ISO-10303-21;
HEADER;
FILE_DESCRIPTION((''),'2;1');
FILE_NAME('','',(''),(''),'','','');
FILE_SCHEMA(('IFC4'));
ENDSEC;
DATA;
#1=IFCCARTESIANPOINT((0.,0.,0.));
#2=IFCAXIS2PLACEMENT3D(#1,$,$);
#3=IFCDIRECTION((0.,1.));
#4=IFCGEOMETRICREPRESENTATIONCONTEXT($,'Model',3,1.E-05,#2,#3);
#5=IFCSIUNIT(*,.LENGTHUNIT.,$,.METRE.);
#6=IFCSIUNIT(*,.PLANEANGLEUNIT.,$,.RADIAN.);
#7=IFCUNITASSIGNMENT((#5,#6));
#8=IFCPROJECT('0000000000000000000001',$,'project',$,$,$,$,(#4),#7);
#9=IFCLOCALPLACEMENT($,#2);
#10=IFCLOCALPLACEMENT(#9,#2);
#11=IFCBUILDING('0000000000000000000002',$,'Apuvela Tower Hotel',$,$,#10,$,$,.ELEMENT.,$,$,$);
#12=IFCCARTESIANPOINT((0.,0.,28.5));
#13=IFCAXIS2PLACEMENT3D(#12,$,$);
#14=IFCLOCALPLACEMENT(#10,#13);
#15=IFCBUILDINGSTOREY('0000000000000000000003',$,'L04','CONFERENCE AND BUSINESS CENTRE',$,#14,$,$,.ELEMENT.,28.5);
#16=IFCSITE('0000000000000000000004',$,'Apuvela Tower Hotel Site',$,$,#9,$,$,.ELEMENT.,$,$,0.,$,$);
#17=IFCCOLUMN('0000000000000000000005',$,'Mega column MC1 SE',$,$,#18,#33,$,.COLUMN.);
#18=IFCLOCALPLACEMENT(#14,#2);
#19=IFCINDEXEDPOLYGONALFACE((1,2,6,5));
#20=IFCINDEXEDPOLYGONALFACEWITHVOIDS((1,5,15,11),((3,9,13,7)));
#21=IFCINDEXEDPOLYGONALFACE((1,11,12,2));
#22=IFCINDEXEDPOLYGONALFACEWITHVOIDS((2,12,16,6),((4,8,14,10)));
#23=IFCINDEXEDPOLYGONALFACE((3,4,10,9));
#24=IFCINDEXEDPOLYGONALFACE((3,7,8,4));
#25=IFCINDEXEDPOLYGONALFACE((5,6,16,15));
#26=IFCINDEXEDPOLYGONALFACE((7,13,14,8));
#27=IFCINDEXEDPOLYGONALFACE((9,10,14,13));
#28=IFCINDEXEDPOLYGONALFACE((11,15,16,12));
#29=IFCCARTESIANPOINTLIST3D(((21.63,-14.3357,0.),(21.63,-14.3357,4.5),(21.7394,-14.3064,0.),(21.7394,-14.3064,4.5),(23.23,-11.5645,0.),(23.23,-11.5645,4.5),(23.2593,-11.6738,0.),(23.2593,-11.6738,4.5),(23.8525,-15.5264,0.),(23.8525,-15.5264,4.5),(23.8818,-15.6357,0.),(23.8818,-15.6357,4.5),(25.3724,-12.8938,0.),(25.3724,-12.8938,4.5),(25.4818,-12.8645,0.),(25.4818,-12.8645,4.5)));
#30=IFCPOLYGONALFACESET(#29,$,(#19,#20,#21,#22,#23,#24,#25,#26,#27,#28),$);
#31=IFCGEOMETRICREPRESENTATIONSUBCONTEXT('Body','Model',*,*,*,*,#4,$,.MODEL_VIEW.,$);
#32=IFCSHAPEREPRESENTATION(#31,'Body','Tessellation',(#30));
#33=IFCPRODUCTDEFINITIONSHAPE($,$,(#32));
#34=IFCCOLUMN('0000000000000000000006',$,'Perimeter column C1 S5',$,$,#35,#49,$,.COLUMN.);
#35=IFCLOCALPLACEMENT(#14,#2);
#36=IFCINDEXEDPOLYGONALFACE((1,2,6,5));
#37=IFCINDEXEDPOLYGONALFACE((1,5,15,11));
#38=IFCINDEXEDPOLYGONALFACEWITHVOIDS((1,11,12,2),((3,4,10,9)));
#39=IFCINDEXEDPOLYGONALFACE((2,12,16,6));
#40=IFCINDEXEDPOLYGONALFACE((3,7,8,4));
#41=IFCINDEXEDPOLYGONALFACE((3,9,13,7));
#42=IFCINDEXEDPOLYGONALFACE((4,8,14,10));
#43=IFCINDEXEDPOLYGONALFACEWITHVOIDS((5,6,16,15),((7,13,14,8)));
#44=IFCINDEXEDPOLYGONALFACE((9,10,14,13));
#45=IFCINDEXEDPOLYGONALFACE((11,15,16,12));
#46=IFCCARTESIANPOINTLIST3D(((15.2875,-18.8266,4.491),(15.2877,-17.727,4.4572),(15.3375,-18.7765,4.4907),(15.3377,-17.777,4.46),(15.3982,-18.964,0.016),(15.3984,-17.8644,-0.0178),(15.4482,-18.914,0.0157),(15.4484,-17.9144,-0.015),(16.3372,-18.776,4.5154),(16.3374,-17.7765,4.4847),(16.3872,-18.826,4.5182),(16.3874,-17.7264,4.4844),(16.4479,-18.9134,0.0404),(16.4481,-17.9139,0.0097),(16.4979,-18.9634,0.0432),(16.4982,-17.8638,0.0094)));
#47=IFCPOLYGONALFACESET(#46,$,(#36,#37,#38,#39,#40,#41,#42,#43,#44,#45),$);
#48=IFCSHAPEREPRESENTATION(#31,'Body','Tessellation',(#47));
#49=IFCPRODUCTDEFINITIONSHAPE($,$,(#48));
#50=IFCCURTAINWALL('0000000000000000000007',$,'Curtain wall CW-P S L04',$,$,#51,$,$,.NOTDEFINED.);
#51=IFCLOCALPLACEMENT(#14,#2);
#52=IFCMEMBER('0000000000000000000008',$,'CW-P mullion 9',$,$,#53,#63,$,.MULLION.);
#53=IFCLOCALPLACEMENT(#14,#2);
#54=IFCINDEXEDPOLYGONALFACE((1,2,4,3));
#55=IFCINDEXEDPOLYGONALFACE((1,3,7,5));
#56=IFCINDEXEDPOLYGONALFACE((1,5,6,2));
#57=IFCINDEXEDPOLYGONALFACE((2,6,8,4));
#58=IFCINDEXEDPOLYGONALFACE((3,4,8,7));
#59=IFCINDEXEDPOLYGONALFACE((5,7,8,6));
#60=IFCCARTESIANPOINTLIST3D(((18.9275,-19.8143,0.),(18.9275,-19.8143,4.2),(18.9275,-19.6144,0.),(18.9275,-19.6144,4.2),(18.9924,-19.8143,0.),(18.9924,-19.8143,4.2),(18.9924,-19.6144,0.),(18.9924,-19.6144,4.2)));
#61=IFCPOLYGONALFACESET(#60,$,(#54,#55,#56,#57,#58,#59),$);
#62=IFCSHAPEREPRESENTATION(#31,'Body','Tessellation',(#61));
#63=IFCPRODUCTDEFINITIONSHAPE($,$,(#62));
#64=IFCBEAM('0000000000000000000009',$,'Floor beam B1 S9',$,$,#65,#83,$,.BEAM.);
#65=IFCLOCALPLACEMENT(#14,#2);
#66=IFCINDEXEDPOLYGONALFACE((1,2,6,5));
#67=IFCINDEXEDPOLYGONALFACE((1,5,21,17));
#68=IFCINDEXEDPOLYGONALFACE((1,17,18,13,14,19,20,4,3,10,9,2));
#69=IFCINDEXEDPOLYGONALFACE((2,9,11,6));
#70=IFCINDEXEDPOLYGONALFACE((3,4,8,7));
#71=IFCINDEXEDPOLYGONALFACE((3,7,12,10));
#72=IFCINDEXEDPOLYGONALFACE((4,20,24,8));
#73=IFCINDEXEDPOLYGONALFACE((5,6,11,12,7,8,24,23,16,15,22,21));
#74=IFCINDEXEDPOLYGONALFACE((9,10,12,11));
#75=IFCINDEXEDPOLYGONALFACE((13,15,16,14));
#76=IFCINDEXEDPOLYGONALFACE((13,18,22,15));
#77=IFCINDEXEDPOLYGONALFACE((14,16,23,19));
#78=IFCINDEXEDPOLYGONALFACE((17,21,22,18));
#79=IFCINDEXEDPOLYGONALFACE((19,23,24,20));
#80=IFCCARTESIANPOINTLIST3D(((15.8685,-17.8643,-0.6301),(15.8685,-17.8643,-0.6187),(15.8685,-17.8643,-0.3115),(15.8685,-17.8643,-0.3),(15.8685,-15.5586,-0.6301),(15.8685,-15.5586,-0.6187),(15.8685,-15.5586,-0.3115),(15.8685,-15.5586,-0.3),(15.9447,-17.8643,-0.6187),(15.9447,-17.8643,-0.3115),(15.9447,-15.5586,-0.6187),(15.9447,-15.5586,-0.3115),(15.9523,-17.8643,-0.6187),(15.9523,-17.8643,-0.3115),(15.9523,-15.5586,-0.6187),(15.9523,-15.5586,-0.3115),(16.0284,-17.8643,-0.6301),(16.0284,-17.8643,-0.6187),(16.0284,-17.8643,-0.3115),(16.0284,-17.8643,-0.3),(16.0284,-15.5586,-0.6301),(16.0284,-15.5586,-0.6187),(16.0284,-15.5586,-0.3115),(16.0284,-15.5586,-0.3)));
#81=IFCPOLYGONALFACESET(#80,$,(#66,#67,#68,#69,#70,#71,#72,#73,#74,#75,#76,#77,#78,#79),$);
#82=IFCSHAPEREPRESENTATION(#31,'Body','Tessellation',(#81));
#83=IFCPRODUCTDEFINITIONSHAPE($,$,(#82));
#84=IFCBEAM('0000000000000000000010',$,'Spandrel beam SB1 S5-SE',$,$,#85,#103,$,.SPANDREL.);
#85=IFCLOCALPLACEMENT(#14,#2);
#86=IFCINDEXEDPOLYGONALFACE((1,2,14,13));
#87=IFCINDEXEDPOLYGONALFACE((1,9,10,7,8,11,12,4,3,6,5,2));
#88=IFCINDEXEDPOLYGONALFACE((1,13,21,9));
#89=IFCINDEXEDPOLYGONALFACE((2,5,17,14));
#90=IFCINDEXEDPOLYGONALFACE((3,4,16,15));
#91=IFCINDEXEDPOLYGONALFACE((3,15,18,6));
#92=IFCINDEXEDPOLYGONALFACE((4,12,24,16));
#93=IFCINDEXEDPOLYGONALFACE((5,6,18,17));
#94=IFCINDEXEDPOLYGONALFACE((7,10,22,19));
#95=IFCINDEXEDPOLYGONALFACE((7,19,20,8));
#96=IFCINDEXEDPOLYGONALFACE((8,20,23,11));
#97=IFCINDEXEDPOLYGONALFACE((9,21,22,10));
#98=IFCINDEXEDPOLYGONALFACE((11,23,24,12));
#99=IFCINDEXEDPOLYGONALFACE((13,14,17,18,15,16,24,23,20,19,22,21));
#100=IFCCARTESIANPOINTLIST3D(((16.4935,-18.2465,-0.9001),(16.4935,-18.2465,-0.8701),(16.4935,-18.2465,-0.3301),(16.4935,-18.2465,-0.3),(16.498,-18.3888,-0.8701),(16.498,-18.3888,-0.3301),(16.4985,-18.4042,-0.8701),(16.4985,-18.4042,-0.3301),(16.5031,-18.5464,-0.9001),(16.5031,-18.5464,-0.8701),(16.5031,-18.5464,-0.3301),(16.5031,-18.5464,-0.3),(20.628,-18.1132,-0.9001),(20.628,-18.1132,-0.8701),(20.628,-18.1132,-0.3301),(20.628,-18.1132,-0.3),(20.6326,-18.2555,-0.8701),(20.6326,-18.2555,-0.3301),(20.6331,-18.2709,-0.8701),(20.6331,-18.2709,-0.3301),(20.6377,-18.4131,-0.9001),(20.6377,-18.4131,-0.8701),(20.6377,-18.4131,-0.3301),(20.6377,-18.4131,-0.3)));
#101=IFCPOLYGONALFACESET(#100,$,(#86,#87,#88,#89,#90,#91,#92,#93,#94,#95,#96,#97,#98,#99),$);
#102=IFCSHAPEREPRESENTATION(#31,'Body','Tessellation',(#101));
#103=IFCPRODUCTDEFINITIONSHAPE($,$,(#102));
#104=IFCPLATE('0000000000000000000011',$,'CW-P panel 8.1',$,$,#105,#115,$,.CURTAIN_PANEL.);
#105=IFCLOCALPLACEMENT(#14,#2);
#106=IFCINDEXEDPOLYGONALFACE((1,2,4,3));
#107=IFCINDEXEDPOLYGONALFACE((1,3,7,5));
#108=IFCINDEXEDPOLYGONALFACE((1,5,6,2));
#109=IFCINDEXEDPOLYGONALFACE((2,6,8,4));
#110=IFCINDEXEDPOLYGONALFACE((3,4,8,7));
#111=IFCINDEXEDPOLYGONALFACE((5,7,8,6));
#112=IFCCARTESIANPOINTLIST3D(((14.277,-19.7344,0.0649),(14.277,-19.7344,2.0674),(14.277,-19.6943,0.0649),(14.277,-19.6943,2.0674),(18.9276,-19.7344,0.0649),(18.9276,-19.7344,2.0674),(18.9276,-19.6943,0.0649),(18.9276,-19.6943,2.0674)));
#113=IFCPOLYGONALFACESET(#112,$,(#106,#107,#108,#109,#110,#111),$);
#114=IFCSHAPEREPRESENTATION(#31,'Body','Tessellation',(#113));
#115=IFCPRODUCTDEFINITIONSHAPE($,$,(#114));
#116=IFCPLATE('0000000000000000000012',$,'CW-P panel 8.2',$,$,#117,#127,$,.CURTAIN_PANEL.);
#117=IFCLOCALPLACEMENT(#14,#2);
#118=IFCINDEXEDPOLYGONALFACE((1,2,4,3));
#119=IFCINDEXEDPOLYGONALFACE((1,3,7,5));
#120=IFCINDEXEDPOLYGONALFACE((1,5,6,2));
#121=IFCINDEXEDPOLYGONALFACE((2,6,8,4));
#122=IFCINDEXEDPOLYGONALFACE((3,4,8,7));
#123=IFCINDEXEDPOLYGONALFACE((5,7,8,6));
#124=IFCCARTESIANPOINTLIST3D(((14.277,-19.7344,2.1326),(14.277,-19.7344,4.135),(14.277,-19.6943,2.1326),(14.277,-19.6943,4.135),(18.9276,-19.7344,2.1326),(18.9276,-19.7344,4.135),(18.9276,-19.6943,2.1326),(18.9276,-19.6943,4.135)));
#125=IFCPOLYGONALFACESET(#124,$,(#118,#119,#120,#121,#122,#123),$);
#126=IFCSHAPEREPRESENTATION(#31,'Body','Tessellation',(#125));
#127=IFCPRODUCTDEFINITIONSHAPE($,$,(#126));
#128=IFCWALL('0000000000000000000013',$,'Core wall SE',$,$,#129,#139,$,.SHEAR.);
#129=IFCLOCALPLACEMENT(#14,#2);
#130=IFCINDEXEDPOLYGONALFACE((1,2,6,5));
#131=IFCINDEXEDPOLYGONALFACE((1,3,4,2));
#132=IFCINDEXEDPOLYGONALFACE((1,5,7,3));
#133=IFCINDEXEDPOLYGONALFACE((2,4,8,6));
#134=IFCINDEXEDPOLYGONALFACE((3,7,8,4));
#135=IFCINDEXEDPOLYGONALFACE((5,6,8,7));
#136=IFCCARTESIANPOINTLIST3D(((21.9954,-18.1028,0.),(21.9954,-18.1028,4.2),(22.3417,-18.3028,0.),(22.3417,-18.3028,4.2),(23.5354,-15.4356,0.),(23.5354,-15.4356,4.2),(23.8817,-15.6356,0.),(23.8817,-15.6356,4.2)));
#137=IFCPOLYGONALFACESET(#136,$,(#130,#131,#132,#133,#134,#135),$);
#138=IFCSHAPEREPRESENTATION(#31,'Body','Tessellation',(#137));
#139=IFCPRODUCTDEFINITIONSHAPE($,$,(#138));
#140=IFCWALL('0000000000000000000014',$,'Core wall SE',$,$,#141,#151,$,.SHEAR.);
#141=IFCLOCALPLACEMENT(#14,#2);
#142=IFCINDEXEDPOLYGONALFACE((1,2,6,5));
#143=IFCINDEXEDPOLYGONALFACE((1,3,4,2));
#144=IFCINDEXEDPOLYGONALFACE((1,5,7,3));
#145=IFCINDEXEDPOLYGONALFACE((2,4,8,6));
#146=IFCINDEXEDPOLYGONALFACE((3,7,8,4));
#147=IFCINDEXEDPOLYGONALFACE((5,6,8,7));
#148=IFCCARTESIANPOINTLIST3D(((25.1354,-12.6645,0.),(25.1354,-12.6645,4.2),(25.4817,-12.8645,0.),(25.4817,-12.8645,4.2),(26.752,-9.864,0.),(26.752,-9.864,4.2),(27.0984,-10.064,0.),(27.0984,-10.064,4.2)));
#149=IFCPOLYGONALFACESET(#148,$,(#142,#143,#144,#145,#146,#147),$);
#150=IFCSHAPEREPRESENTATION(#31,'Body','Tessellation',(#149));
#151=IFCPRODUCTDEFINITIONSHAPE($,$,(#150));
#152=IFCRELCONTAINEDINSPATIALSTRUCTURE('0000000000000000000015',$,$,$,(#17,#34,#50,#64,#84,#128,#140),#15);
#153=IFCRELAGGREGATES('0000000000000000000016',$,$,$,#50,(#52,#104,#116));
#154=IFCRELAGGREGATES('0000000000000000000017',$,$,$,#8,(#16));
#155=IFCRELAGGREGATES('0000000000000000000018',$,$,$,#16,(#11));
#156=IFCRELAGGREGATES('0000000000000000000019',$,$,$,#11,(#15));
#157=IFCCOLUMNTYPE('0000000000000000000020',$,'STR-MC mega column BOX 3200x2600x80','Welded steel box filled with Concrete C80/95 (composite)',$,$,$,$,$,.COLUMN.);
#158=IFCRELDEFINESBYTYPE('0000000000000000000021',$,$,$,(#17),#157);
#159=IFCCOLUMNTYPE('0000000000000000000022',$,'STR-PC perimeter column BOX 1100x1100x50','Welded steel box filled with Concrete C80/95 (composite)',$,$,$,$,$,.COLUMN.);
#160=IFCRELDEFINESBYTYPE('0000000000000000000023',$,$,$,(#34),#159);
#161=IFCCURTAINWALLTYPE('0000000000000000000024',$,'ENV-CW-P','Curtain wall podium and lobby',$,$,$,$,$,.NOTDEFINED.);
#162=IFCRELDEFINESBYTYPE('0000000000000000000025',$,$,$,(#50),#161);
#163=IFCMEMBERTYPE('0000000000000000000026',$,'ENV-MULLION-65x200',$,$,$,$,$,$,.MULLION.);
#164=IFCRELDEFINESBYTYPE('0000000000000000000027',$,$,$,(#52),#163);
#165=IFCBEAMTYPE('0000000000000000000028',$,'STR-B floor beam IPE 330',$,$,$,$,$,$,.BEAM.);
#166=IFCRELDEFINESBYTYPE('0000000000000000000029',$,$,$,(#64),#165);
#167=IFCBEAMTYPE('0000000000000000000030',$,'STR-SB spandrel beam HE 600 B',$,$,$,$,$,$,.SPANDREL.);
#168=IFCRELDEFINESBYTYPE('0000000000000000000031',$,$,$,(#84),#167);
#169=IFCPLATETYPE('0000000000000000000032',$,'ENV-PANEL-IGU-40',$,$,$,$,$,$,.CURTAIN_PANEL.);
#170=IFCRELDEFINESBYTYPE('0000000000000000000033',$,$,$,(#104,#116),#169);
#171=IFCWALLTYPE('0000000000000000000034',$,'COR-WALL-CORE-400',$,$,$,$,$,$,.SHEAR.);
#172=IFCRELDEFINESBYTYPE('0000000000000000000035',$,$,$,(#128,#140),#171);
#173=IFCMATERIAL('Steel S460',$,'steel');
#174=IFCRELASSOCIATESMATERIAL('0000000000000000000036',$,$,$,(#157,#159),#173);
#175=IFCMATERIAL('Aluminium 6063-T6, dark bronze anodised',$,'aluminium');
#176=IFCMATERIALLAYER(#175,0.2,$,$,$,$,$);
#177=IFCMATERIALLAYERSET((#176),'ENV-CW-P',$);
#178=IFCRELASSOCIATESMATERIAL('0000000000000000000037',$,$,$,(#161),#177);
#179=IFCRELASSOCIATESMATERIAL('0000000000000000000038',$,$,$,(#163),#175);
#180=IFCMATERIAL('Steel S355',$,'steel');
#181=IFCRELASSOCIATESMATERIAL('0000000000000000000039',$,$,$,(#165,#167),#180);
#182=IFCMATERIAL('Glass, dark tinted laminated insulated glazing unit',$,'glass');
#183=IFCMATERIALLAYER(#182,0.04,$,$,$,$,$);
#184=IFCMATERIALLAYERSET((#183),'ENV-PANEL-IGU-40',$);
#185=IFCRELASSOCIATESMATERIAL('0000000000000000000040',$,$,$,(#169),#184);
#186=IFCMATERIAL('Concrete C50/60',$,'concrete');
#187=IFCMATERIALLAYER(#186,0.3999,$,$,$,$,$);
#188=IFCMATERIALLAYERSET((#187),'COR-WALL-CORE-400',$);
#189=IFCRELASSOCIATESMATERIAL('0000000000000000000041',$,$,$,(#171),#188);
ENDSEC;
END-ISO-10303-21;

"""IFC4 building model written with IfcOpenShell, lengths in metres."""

from ifc_helpers import new_model, si_unit, direction, frame, frame_2d, origin, origin_2d, place, context, subcontext, project, spatial, rectangle, hollow_rectangle, i_section, extrude, boolean, halfspace, material, layer, layer_set, material_profile, profile_set, type_object, element, aggregate, save


model = new_model("IFC4")

# Units and contexts
model_context = context("Model", 3, precision=1e-05, world=origin(), true_north=direction((0.0, 1.0)))
body_context = subcontext(model_context, "Body", "Model", "MODEL_VIEW")
ifc_project = project(units=[si_unit("LENGTHUNIT", "METRE"), si_unit("PLANEANGLEUNIT", "RADIAN")], contexts=[model_context])

# Site, building, storey
site_placement = place(None, origin())
site = spatial("IfcSite", under=ifc_project, at=site_placement, Name="Apuvela Tower Hotel Site", CompositionType="ELEMENT", RefElevation=0.0)
building_placement = place(site_placement, origin())
building = spatial("IfcBuilding", under=site, at=building_placement, Name="Apuvela Tower Hotel", CompositionType="ELEMENT")
storey_placement = place(building_placement, frame((0.0, 0.0, 28.5)))
storey = spatial("IfcBuildingStorey", under=building, at=storey_placement, Name="L04", Description="CONFERENCE AND BUSINESS CENTRE", CompositionType="ELEMENT", Elevation=28.5)

# Columns
ifc_material_1 = material(Name="Steel S460", Category="steel")
ifc_material_profile_1 = material_profile(ifc_material_1, hollow_rectangle(XDim=3.2, YDim=2.6001, WallThickness=0.0801, at=origin_2d()), Name="BOX 3200x2600x80")
ifc_material_2 = material(Name="Concrete C80/95", Category="concrete")
ifc_material_profile_2 = material_profile(ifc_material_2, rectangle(XDim=3.04, YDim=2.4399, at=origin_2d()), Name="Concrete C80/95 infill")
ifc_profile_set_1 = profile_set([ifc_material_profile_1, ifc_material_profile_2], Name="Steel S460")
column_type_1 = type_object("IfcColumnType", Name="STR-MC mega column BOX 3200x2600x80", Description="Welded steel box filled with Concrete C80/95 (composite)", PredefinedType="COLUMN", material=ifc_profile_set_1)
column_1_placement = place(storey_placement, frame((23.5559, -13.6001, 0.0), z_axis=(0.0, 0.0, 1.0), x_axis=(0.5, 0.866025, 0.0)))
element("IfcColumn", 1, at=column_1_placement, inside=storey, type_object=column_type_1, Name="Mega column MC1 SE", PredefinedType="COLUMN", context=body_context, shape_type="SweptSolid", body=[
    extrude(hollow_rectangle(XDim=3.2, YDim=2.6001, WallThickness=0.0801, at=origin_2d()), origin(), (0.0, 0.0, 1.0), 4.5),
])
ifc_material_profile_3 = material_profile(ifc_material_1, hollow_rectangle(XDim=1.1001, YDim=1.1001, WallThickness=0.05, at=origin_2d()), Name="BOX 1100x1100x50")
ifc_material_profile_4 = material_profile(ifc_material_2, rectangle(XDim=1.0, YDim=1.0, at=origin_2d()), Name="Concrete C80/95 infill")
ifc_profile_set_2 = profile_set([ifc_material_profile_3, ifc_material_profile_4], Name="Steel S460")
column_type_2 = type_object("IfcColumnType", Name="STR-PC perimeter column BOX 1100x1100x50", Description="Welded steel box filled with Concrete C80/95 (composite)", PredefinedType="COLUMN", material=ifc_profile_set_2)
column_2_placement = place(storey_placement, frame((15.9485, -18.4143, 0.0), z_axis=(-0.02472, 0.030684, 0.999223), x_axis=(0.999694, 0.000568, 0.024715)))
element("IfcColumn", 2, at=column_2_placement, inside=storey, type_object=column_type_2, Name="Perimeter column C1 S5", PredefinedType="COLUMN", context=body_context, shape_type="SweptSolid", body=[
    boolean("DIFFERENCE", boolean("DIFFERENCE", extrude(hollow_rectangle(XDim=1.1001, YDim=1.1001, WallThickness=0.05, at=origin_2d()), origin(), (0.0, 0.0, 1.0), 4.5034), halfspace(frame((0.0, 0.0, 0.0127), z_axis=(0.0, 0.0, 1.0), x_axis=(1.0, 0.0, 0.0)), True)), halfspace(frame((0.0, 0.0, 4.4912), z_axis=(0.0, 0.0, 1.0), x_axis=(1.0, 0.0, 0.0)), False)),
])

# Curtain wall, member
ifc_material_3 = material(Name="Aluminium 6063-T6, dark bronze anodised", Category="aluminium")
ifc_layer_1 = layer(ifc_material_3, 0.2)
ifc_layer_set_1 = layer_set([ifc_layer_1], Name="ENV-CW-P")
curtain_wall_type = type_object("IfcCurtainWallType", Name="ENV-CW-P", Description="Curtain wall podium and lobby", PredefinedType="NOTDEFINED", material=ifc_layer_set_1)
curtain_wall_placement = place(storey_placement, origin())
curtain_wall = element("IfcCurtainWall", 3, at=curtain_wall_placement, inside=storey, type_object=curtain_wall_type, Name="Curtain wall CW-P S L04", PredefinedType="NOTDEFINED")
ifc_material_profile_5 = material_profile(ifc_material_3, rectangle(XDim=0.2, YDim=0.0649, at=origin_2d()), Name="AL 65x200")
ifc_profile_set_3 = profile_set([ifc_material_profile_5], Name="Aluminium 6063-T6, dark bronze anodised")
member_type = type_object("IfcMemberType", Name="ENV-MULLION-65x200", PredefinedType="MULLION", material=ifc_profile_set_3)
member_placement = place(storey_placement, frame((18.96, -19.7144, 0.0), z_axis=(0.0, 0.0, 1.0), x_axis=(0.0, 1.0, 0.0)))
member = element("IfcMember", 4, at=member_placement, type_object=member_type, Name="CW-P mullion 9", PredefinedType="MULLION", context=body_context, shape_type="SweptSolid", body=[
    extrude(rectangle(XDim=0.2, YDim=0.0649, at=origin_2d()), origin(), (0.0, 0.0, 1.0), 4.2),
])

# Beams
ifc_material_4 = material(Name="Steel S355", Category="steel")
ifc_material_profile_6 = material_profile(ifc_material_4, i_section(OverallWidth=0.1599, OverallDepth=0.3301, WebThickness=0.0076, FlangeThickness=0.0115, at=origin_2d()), Name="IPE 330")
ifc_profile_set_4 = profile_set([ifc_material_profile_6], Name="Steel S355")
beam_type_1 = type_object("IfcBeamType", Name="STR-B floor beam IPE 330", PredefinedType="BEAM", material=ifc_profile_set_4)
beam_1_placement = place(storey_placement, frame((15.9485, -17.8643, -0.4651), z_axis=(0.0, 1.0, 0.0), x_axis=(-1.0, 0.0, 0.0)))
element("IfcBeam", 5, at=beam_1_placement, inside=storey, type_object=beam_type_1, Name="Floor beam B1 S9", PredefinedType="BEAM", context=body_context, shape_type="SweptSolid", body=[
    extrude(i_section(OverallWidth=0.1599, OverallDepth=0.3301, WebThickness=0.0076, FlangeThickness=0.0115, at=origin_2d()), origin(), (0.0, 0.0, 1.0), 2.3057),
])
ifc_material_profile_7 = material_profile(ifc_material_4, i_section(OverallWidth=0.3, OverallDepth=0.6001, WebThickness=0.0154, FlangeThickness=0.03, at=origin_2d()), Name="HE 600 B")
ifc_profile_set_5 = profile_set([ifc_material_profile_7], Name="Steel S355")
beam_type_2 = type_object("IfcBeamType", Name="STR-SB spandrel beam HE 600 B", PredefinedType="SPANDREL", material=ifc_profile_set_5)
beam_2_placement = place(storey_placement, frame((16.4983, -18.3965, -0.6001), z_axis=(0.999481, 0.032224, 0.0), x_axis=(-0.032224, 0.999481, 0.0)))
element("IfcBeam", 6, at=beam_2_placement, inside=storey, type_object=beam_type_2, Name="Spandrel beam SB1 S5-SE", PredefinedType="SPANDREL", context=body_context, shape_type="SweptSolid", body=[
    extrude(i_section(OverallWidth=0.3, OverallDepth=0.6001, WebThickness=0.0154, FlangeThickness=0.03, at=origin_2d()), origin(), (0.0, 0.0, 1.0), 4.1367),
])

# Plates
ifc_material_5 = material(Name="Glass, dark tinted laminated insulated glazing unit", Category="glass")
ifc_layer_2 = layer(ifc_material_5, 0.04)
ifc_layer_set_2 = layer_set([ifc_layer_2], Name="ENV-PANEL-IGU-40")
plate_type = type_object("IfcPlateType", Name="ENV-PANEL-IGU-40", PredefinedType="CURTAIN_PANEL", material=ifc_layer_set_2)
plate_1_placement = place(storey_placement, frame((16.6023, -19.7144, 0.0649), z_axis=(0.0, 0.0, 1.0), x_axis=(1.0, 0.0, 0.0)))
plate_1 = element("IfcPlate", 7, at=plate_1_placement, type_object=plate_type, Name="CW-P panel 8.1", PredefinedType="CURTAIN_PANEL", context=body_context, shape_type="SweptSolid", body=[
    extrude(rectangle(XDim=4.6506, YDim=0.04, at=origin_2d()), origin(), (0.0, 0.0, 1.0), 2.0024),
])
plate_2_placement = place(storey_placement, frame((16.6023, -19.7144, 2.1326), z_axis=(0.0, 0.0, 1.0), x_axis=(1.0, 0.0, 0.0)))
plate_2 = element("IfcPlate", 8, at=plate_2_placement, type_object=plate_type, Name="CW-P panel 8.2", PredefinedType="CURTAIN_PANEL", context=body_context, shape_type="SweptSolid", body=[
    extrude(rectangle(XDim=4.6506, YDim=0.04, at=origin_2d()), origin(), (0.0, 0.0, 1.0), 2.0024),
])
aggregate(curtain_wall, [member, plate_1, plate_2])

# Walls
ifc_material_6 = material(Name="Concrete C50/60", Category="concrete")
ifc_layer_3 = layer(ifc_material_6, 0.3999)
ifc_layer_set_3 = layer_set([ifc_layer_3], Name="COR-WALL-CORE-400")
wall_type_1 = type_object("IfcWallType", Name="COR-WALL-CORE-400", PredefinedType="SHEAR", material=ifc_layer_set_3)
wall_1_placement = place(storey_placement, frame((22.1685, -18.2029, 0.0), z_axis=(0.0, 0.0, 1.0), x_axis=(0.500027, 0.86601, 0.0)))
element("IfcWall", 9, at=wall_1_placement, inside=storey, type_object=wall_type_1, Name="Core wall SE", PredefinedType="SHEAR", context=body_context, shape_type="SweptSolid", body=[
    extrude(rectangle(XDim=3.0798, YDim=0.3999, at=frame_2d((1.54, 0.0))), origin(), (0.0, 0.0, 1.0), 4.2),
])
wall_2_placement = place(storey_placement, frame((25.3086, -12.7644, 0.0), z_axis=(0.0, 0.0, 1.0), x_axis=(0.499956, 0.866051, 0.0)))
element("IfcWall", 10, at=wall_2_placement, inside=storey, type_object=wall_type_1, Name="Core wall SE", PredefinedType="SHEAR", context=body_context, shape_type="SweptSolid", body=[
    extrude(rectangle(XDim=3.2336, YDim=0.3999, at=frame_2d((1.6167, 0.0))), origin(), (0.0, 0.0, 1.0), 4.2),
])

save(model, "model.ifc")
